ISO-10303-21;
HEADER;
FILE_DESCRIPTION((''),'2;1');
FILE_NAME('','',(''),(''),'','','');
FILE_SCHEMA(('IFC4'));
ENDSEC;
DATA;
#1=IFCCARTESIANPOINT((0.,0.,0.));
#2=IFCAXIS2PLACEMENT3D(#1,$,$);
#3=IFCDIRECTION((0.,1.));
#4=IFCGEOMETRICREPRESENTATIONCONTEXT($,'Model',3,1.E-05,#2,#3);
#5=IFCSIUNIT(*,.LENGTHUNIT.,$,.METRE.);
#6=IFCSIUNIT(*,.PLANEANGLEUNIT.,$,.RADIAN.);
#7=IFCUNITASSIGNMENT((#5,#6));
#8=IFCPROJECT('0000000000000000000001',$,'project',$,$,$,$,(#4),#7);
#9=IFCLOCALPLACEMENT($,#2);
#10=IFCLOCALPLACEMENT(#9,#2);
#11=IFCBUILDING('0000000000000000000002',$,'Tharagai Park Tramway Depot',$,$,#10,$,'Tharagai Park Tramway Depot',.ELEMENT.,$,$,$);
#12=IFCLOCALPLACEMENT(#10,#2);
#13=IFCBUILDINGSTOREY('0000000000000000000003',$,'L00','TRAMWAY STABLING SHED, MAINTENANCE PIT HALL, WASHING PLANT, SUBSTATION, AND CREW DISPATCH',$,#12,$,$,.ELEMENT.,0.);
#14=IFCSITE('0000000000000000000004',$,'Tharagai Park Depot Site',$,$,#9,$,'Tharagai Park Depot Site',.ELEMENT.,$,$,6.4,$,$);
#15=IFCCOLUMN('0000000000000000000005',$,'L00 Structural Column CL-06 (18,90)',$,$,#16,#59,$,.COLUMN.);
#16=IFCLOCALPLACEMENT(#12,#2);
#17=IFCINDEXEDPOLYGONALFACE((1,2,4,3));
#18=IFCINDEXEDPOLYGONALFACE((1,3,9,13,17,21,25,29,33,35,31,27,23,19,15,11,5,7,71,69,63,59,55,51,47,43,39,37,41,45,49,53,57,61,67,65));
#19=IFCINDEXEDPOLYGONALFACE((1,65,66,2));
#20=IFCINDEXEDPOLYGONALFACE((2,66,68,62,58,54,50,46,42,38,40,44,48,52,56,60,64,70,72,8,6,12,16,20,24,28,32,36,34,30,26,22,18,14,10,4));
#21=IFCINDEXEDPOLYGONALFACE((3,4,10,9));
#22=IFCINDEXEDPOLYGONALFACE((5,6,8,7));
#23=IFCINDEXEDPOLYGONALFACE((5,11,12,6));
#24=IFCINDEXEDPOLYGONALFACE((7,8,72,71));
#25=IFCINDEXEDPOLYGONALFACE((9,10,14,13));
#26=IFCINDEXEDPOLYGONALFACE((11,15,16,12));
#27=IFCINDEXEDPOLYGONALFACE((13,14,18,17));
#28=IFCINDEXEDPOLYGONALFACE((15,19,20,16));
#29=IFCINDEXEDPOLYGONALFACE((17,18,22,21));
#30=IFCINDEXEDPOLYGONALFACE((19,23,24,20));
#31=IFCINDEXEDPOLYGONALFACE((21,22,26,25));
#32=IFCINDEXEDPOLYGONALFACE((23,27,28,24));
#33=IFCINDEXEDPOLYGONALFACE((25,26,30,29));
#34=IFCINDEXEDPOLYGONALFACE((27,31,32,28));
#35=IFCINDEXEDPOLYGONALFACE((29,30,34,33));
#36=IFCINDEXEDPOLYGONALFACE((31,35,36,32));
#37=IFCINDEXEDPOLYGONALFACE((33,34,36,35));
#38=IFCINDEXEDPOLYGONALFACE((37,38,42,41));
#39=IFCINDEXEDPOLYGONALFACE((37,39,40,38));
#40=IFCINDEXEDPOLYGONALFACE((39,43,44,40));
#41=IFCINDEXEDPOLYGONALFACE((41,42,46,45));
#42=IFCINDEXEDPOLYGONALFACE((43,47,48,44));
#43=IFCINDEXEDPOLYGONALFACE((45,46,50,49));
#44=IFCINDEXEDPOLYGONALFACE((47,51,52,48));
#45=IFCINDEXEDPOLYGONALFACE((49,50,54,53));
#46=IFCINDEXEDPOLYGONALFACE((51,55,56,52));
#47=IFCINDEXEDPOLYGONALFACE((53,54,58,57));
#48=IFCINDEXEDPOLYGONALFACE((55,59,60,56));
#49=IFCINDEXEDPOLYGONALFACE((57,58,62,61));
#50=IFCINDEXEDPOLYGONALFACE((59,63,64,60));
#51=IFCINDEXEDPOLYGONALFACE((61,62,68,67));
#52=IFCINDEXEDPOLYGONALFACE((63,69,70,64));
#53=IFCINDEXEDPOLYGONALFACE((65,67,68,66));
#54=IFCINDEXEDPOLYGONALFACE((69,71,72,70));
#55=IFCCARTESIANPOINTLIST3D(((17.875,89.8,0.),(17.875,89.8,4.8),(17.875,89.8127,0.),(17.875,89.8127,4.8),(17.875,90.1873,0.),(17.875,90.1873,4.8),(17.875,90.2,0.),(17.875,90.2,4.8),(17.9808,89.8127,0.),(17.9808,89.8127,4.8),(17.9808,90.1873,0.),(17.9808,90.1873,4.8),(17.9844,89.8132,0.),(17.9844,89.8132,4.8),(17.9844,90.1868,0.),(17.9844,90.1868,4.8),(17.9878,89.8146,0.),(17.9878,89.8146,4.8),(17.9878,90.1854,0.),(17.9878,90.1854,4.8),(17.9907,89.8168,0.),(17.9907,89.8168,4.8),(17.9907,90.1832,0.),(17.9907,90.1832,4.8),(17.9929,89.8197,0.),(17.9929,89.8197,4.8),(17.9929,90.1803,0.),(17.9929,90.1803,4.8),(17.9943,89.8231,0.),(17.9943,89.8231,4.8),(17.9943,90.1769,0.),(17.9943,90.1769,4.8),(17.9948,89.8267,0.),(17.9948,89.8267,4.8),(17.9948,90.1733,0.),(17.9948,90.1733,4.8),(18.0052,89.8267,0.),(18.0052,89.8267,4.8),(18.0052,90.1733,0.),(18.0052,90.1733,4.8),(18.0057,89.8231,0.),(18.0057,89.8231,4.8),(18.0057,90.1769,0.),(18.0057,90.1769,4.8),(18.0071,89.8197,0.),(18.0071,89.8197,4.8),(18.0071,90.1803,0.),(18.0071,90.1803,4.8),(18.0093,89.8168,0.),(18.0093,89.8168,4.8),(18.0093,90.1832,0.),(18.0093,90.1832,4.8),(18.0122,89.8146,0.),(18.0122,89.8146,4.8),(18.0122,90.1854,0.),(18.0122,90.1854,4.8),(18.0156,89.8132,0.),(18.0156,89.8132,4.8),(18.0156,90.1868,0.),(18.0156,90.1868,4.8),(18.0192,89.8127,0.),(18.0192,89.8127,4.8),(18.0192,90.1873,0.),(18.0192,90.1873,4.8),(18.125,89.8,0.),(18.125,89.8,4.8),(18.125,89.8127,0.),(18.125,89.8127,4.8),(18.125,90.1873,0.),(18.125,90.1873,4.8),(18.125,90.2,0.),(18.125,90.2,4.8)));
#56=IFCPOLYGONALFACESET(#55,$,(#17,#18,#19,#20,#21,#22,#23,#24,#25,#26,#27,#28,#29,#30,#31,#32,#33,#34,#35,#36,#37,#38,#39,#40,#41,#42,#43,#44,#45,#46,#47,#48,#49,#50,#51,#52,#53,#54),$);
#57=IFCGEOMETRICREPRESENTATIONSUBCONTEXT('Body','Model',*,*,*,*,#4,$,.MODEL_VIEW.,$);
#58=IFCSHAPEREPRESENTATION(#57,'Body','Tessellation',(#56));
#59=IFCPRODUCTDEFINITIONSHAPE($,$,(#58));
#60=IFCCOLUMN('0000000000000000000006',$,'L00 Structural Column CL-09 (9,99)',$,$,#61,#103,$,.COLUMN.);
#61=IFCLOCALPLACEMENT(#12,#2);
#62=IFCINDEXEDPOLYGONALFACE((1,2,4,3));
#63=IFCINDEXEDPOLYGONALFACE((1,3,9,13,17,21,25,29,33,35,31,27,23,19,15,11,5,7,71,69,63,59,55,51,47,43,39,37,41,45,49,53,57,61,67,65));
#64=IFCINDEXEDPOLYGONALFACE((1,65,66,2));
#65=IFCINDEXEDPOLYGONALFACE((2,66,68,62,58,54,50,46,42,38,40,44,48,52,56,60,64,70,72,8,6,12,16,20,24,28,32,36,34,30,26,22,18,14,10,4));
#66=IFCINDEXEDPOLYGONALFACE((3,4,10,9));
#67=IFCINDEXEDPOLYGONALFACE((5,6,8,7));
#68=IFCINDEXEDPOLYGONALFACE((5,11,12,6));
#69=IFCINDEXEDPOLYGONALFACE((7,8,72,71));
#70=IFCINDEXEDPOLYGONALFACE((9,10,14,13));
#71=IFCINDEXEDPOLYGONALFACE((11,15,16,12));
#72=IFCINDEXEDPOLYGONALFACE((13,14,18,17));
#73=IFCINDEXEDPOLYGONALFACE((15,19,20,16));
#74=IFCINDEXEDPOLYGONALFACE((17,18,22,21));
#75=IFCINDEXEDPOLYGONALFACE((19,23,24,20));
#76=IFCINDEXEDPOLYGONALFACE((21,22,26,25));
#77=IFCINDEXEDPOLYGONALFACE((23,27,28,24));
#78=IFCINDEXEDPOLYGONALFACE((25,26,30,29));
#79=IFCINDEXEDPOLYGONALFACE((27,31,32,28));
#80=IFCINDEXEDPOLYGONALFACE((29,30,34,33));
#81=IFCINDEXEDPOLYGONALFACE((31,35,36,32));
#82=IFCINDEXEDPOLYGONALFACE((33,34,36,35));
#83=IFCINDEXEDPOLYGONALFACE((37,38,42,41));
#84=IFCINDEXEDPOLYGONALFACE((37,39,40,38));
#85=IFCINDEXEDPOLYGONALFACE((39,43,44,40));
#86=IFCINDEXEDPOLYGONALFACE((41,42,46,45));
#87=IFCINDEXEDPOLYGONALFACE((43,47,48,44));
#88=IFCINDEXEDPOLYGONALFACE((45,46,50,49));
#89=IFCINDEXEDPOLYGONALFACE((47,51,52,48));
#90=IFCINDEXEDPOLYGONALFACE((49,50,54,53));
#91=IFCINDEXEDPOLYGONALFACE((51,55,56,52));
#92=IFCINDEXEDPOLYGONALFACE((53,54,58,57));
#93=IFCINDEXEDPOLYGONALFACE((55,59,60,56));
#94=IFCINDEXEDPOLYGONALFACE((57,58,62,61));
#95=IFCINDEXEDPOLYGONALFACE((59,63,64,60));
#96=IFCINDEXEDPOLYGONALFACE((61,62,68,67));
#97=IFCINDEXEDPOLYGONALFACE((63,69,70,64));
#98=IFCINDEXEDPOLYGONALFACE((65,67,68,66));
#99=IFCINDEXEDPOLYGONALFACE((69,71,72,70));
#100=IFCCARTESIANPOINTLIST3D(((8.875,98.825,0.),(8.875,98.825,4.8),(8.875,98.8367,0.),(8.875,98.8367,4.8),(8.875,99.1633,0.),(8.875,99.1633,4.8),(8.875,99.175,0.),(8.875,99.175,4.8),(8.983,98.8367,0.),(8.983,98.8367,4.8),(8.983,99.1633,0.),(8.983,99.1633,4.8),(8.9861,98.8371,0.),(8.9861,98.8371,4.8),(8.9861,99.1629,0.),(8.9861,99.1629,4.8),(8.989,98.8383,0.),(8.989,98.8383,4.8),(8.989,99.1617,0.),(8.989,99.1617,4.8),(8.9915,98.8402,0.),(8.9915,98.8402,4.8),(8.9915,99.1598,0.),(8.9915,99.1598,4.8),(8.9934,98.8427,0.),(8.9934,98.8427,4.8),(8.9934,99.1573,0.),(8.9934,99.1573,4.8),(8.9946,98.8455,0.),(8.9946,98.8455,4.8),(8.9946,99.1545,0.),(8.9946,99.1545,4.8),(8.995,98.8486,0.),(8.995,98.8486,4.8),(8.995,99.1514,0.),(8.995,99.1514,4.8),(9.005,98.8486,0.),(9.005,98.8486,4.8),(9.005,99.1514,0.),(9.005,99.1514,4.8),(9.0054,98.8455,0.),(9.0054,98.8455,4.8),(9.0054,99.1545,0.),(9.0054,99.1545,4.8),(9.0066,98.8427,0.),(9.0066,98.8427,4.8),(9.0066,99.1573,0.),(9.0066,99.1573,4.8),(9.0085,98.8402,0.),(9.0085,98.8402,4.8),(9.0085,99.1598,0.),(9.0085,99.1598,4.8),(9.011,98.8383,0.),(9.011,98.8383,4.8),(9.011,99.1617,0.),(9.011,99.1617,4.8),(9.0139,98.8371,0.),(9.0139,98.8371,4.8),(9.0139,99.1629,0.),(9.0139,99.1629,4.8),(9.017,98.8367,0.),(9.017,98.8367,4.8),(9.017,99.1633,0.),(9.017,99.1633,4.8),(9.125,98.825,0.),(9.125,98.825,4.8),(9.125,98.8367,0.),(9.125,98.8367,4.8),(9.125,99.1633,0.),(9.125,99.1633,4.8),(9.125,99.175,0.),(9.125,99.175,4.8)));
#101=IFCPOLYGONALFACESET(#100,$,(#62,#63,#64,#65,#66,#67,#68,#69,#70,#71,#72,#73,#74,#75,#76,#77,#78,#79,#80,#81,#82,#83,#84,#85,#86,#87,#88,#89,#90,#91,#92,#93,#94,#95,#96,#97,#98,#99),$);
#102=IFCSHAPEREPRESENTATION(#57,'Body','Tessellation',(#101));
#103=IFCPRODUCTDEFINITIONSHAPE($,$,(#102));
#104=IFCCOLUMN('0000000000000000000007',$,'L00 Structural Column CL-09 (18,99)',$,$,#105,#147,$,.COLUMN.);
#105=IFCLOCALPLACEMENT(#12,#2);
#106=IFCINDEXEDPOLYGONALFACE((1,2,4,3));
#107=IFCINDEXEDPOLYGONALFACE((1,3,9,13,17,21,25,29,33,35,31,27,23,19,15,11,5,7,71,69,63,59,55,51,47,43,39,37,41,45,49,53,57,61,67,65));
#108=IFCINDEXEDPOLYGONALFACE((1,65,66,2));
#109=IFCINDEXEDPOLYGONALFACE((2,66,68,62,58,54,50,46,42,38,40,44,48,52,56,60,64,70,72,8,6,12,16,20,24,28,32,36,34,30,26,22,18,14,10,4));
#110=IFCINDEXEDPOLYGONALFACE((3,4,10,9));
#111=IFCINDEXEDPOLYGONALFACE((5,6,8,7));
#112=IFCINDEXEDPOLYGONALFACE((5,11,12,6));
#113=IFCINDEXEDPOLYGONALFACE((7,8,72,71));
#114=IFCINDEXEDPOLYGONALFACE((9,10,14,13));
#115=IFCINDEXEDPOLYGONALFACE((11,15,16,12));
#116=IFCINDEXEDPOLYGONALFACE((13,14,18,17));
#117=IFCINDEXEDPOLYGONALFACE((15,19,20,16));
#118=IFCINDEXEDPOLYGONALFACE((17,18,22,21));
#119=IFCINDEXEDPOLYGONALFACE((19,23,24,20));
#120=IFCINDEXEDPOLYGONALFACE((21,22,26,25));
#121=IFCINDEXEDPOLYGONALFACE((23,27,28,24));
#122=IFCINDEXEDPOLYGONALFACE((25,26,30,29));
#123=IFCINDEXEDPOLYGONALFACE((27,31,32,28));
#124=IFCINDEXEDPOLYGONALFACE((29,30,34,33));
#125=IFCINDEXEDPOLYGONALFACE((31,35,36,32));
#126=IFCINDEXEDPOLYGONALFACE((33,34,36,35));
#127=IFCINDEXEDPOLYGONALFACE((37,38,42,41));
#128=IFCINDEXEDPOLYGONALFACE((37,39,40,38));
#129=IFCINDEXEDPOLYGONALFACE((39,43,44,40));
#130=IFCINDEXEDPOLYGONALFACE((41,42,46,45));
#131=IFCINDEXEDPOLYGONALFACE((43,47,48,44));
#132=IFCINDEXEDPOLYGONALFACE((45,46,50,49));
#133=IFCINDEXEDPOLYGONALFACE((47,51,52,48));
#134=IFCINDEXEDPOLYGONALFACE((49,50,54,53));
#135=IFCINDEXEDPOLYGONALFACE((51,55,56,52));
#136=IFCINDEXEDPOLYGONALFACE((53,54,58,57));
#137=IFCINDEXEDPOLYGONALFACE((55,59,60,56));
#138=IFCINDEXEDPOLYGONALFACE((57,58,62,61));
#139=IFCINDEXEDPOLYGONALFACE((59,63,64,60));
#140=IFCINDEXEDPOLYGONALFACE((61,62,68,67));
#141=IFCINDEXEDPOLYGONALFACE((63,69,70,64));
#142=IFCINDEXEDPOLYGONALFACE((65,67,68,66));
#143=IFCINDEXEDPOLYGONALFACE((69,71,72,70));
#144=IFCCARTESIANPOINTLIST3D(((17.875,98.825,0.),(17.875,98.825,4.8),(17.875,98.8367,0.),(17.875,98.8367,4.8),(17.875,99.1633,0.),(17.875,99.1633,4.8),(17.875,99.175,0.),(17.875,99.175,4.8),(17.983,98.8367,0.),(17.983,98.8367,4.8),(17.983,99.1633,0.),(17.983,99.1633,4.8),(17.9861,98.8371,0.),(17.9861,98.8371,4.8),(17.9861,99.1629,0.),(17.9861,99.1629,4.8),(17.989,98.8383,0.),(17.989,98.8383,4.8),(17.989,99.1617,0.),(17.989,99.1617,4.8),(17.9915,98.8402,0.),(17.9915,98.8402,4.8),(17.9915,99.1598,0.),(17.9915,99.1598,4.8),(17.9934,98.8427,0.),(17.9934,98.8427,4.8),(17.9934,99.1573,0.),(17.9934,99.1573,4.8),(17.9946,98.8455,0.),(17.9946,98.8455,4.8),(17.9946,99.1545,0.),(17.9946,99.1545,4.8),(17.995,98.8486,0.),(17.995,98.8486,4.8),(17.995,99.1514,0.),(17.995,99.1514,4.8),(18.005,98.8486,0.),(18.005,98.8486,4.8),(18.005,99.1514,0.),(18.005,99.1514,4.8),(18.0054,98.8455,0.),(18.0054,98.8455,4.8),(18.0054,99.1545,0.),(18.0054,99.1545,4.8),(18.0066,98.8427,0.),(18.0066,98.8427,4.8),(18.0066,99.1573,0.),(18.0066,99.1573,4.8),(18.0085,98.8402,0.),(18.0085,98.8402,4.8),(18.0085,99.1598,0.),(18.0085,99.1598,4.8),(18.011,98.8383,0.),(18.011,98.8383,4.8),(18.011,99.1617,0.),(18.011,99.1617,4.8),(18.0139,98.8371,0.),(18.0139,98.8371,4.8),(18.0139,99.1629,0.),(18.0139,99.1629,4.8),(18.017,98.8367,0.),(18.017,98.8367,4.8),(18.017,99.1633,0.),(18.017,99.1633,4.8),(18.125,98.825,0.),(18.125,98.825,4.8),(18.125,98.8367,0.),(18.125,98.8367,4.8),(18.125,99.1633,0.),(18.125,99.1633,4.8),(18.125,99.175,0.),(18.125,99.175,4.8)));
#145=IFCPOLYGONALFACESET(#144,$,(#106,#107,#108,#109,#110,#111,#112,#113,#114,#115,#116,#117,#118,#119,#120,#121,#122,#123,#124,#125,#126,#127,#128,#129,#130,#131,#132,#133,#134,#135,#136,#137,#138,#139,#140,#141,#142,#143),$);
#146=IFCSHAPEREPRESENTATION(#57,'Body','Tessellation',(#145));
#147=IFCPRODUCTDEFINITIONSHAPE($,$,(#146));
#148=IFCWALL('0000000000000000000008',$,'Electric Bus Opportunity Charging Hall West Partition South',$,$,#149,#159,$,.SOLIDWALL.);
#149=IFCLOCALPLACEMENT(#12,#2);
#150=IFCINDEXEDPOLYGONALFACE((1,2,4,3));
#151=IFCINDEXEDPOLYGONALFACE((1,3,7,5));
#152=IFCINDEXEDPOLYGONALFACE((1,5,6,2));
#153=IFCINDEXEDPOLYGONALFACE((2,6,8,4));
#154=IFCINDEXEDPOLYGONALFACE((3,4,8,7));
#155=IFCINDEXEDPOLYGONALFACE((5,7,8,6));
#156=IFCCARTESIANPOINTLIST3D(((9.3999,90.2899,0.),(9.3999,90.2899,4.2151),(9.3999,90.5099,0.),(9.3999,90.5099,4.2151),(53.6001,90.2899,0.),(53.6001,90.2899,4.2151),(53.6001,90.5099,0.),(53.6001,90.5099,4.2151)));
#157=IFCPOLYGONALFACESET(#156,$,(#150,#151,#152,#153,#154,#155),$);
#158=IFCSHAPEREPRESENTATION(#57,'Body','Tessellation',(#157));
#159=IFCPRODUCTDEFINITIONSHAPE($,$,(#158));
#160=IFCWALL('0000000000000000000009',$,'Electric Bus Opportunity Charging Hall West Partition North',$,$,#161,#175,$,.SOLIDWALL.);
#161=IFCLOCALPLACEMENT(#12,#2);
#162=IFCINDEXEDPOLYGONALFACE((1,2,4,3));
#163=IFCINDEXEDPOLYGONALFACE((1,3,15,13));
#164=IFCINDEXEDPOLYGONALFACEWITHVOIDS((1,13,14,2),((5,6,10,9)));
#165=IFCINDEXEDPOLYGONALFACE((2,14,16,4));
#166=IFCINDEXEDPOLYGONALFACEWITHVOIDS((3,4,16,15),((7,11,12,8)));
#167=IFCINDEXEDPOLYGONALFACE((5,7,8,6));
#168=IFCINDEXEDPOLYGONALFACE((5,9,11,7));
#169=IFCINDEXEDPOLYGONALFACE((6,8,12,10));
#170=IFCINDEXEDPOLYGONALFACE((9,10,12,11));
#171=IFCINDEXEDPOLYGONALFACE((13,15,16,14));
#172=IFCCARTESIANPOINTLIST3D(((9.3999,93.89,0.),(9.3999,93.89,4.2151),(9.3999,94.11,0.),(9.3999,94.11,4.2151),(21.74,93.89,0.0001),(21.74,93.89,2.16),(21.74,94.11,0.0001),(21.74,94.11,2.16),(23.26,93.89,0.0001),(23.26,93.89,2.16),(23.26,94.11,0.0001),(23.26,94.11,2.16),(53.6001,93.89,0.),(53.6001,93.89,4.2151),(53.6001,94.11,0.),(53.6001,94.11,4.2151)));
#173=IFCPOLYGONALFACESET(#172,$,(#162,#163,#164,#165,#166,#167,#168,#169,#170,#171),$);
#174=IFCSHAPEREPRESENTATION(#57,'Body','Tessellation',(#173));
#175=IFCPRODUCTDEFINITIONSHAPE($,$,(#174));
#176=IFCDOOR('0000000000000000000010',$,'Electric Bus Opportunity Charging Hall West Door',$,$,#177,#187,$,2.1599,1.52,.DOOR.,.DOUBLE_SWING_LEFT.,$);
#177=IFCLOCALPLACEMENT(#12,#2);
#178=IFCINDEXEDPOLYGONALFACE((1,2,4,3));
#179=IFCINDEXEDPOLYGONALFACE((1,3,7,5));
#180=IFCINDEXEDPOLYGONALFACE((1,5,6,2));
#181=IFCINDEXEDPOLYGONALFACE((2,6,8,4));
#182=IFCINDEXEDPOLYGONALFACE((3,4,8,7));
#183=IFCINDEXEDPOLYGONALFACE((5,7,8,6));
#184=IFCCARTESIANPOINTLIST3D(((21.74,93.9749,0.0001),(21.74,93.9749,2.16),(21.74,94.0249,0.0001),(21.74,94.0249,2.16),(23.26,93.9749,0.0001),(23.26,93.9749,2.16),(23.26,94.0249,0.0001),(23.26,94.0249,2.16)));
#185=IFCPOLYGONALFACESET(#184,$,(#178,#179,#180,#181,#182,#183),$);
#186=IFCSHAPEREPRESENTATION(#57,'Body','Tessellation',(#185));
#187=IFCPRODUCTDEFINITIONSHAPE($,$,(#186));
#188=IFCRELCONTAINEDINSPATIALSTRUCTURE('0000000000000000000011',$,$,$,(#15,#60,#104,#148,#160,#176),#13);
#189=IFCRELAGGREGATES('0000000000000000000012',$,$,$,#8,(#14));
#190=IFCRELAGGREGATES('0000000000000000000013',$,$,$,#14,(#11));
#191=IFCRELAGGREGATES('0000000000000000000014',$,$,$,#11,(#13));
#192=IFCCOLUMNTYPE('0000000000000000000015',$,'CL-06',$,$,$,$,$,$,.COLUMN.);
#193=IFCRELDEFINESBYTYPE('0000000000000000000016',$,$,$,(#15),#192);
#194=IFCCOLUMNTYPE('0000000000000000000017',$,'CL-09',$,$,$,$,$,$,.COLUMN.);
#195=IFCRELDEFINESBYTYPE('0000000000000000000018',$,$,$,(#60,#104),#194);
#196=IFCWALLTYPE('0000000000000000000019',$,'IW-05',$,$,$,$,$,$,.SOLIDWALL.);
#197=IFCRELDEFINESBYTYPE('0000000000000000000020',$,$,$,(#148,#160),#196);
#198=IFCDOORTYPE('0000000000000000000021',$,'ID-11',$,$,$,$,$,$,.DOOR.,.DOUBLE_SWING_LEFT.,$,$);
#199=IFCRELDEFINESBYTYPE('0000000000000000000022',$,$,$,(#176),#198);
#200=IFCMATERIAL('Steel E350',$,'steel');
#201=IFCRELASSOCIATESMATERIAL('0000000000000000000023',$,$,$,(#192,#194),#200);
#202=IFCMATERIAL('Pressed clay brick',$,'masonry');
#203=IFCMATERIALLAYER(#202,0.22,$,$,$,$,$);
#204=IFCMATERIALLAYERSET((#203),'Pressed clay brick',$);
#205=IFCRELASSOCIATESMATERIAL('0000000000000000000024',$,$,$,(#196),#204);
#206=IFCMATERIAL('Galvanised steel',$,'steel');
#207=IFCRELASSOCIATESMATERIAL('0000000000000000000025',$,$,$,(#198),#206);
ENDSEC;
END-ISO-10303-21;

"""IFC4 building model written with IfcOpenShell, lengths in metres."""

from ifc_helpers import new_model, si_unit, direction, frame, frame_2d, origin, origin_2d, place, context, subcontext, project, spatial, rectangle, i_section, extrude, material, layer, layer_set, material_profile, profile_set, type_object, element, fill, save


model = new_model("IFC4")

# Units and contexts
model_context = context("Model", 3, precision=1e-05, world=origin(), true_north=direction((0.0, 1.0)))
body_context = subcontext(model_context, "Body", "Model", "MODEL_VIEW")
ifc_project = project(units=[si_unit("LENGTHUNIT", "METRE"), si_unit("PLANEANGLEUNIT", "RADIAN")], contexts=[model_context])

# Site, building, storey
site_placement = place(None, origin())
site = spatial("IfcSite", under=ifc_project, at=site_placement, Name="Tharagai Park Depot Site", LongName="Tharagai Park Depot Site", CompositionType="ELEMENT", RefElevation=6.4)
building_placement = place(site_placement, origin())
building = spatial("IfcBuilding", under=site, at=building_placement, Name="Tharagai Park Tramway Depot", LongName="Tharagai Park Tramway Depot", CompositionType="ELEMENT")
storey_placement = place(building_placement, origin())
storey = spatial("IfcBuildingStorey", under=building, at=storey_placement, Name="L00", Description="TRAMWAY STABLING SHED, MAINTENANCE PIT HALL, WASHING PLANT, SUBSTATION, AND CREW DISPATCH", CompositionType="ELEMENT", Elevation=0.0)

# Columns
ifc_material_1 = material(Name="Steel E350", Category="steel")
ifc_material_profile_1 = material_profile(ifc_material_1, i_section(OverallWidth=0.25, OverallDepth=0.3999, WebThickness=0.0105, FlangeThickness=0.0127, FilletRadius=0.0139, at=origin_2d()), Name="ISHB 400")
ifc_profile_set_1 = profile_set([ifc_material_profile_1], Name="Steel E350")
column_type_1 = type_object("IfcColumnType", Name="CL-06", PredefinedType="COLUMN", material=ifc_profile_set_1)
for number, where, z_axis, x_axis, name in (
    (1, (18.0, 90.0, 0.0), (0.0, 0.0, 1.0), (1.0, 0.0, 0.0), "L00 Structural Column CL-06 (18,90)"),
):
    element("IfcColumn", number, at=place(storey_placement, frame(where, z_axis=z_axis, x_axis=x_axis)), inside=storey, type_object=column_type_1, Name=name, PredefinedType="COLUMN", context=body_context, shape_type="SweptSolid", body=[
        extrude(i_section(OverallWidth=0.25, OverallDepth=0.3999, WebThickness=0.0105, FlangeThickness=0.0127, FilletRadius=0.0139, at=origin_2d()), origin(), (0.0, 0.0, 1.0), 4.8),
    ])
ifc_material_profile_2 = material_profile(ifc_material_1, i_section(OverallWidth=0.25, OverallDepth=0.3501, WebThickness=0.01, FlangeThickness=0.0117, FilletRadius=0.012, at=origin_2d()), Name="ISHB 350")
ifc_profile_set_2 = profile_set([ifc_material_profile_2], Name="Steel E350")
column_type_2 = type_object("IfcColumnType", Name="CL-09", PredefinedType="COLUMN", material=ifc_profile_set_2)
for number, where, z_axis, x_axis, name in (
    (2, (9.0, 99.0, 0.0), (0.0, 0.0, 1.0), (1.0, 0.0, 0.0), "L00 Structural Column CL-09 (9,99)"),
    (3, (18.0, 99.0, 0.0), (0.0, 0.0, 1.0), (1.0, 0.0, 0.0), "L00 Structural Column CL-09 (18,99)"),
):
    element("IfcColumn", number, at=place(storey_placement, frame(where, z_axis=z_axis, x_axis=x_axis)), inside=storey, type_object=column_type_2, Name=name, PredefinedType="COLUMN", context=body_context, shape_type="SweptSolid", body=[
        extrude(i_section(OverallWidth=0.25, OverallDepth=0.3501, WebThickness=0.01, FlangeThickness=0.0117, FilletRadius=0.012, at=origin_2d()), origin(), (0.0, 0.0, 1.0), 4.8),
    ])

# Wall
ifc_material_2 = material(Name="Pressed clay brick", Category="masonry")
ifc_layer_1 = layer(ifc_material_2, 0.22)
ifc_layer_set_1 = layer_set([ifc_layer_1], Name="Pressed clay brick")
wall_type_1 = type_object("IfcWallType", Name="IW-05", PredefinedType="SOLIDWALL", material=ifc_layer_set_1)
wall_1_placement = place(storey_placement, frame((9.3999, 90.3999, 0.0), z_axis=(0.0, 0.0, 1.0), x_axis=(1.0, 0.0, 0.0)))
element("IfcWall", 4, at=wall_1_placement, inside=storey, type_object=wall_type_1, Name="Electric Bus Opportunity Charging Hall West Partition South", PredefinedType="SOLIDWALL", context=body_context, shape_type="SweptSolid", body=[
    extrude(rectangle(XDim=44.2002, YDim=0.22, at=frame_2d((22.1001, 0.0))), origin(), (0.0, 0.0, 1.0), 4.2151),
])

# Wall, opening, door
wall_2_placement = place(storey_placement, frame((9.3999, 94.0, 0.0), z_axis=(0.0, 0.0, 1.0), x_axis=(1.0, 0.0, 0.0)))
wall_2 = element("IfcWall", 5, at=wall_2_placement, inside=storey, type_object=wall_type_1, Name="Electric Bus Opportunity Charging Hall West Partition North", PredefinedType="SOLIDWALL", context=body_context, shape_type="SweptSolid", body=[
    extrude(rectangle(XDim=44.2002, YDim=0.22, at=frame_2d((22.1001, 0.0))), origin(), (0.0, 0.0, 1.0), 4.2151),
])
opening_placement = place(wall_2_placement, frame((12.3401, 0.0, 0.0)))
opening = element("IfcOpeningElement", 6, at=opening_placement, cuts=wall_2, PredefinedType="OPENING", context=body_context, shape_type="SweptSolid", body=[
    extrude(rectangle(XDim=1.52, YDim=2.1599, at=frame_2d((0.76, 1.0801))), frame((0.0, 0.1199, 0.0), z_axis=(0.0, -1.0, 0.0), x_axis=(1.0, 0.0, 0.0)), (0.0, 0.0, 1.0), 0.24),
])
ifc_material_3 = material(Name="Galvanised steel", Category="steel")
door_type = type_object("IfcDoorType", Name="ID-11", OperationType="DOUBLE_SWING_LEFT", PredefinedType="DOOR", material=ifc_material_3)
door_placement = place(opening_placement, origin())
door = element("IfcDoor", 7, at=door_placement, inside=storey, type_object=door_type, Name="Electric Bus Opportunity Charging Hall West Door", OperationType="DOUBLE_SWING_LEFT", OverallHeight=2.1599, OverallWidth=1.52, PredefinedType="DOOR", context=body_context, shape_type="SweptSolid", body=[
    extrude(rectangle(XDim=1.52, YDim=2.1599, at=frame_2d((0.76, 1.0801))), frame((0.0, 0.0249, 0.0), z_axis=(0.0, -1.0, 0.0), x_axis=(1.0, 0.0, 0.0)), (0.0, 0.0, 1.0), 0.05),
])
fill(opening, door)

save(model, "model.ifc")
